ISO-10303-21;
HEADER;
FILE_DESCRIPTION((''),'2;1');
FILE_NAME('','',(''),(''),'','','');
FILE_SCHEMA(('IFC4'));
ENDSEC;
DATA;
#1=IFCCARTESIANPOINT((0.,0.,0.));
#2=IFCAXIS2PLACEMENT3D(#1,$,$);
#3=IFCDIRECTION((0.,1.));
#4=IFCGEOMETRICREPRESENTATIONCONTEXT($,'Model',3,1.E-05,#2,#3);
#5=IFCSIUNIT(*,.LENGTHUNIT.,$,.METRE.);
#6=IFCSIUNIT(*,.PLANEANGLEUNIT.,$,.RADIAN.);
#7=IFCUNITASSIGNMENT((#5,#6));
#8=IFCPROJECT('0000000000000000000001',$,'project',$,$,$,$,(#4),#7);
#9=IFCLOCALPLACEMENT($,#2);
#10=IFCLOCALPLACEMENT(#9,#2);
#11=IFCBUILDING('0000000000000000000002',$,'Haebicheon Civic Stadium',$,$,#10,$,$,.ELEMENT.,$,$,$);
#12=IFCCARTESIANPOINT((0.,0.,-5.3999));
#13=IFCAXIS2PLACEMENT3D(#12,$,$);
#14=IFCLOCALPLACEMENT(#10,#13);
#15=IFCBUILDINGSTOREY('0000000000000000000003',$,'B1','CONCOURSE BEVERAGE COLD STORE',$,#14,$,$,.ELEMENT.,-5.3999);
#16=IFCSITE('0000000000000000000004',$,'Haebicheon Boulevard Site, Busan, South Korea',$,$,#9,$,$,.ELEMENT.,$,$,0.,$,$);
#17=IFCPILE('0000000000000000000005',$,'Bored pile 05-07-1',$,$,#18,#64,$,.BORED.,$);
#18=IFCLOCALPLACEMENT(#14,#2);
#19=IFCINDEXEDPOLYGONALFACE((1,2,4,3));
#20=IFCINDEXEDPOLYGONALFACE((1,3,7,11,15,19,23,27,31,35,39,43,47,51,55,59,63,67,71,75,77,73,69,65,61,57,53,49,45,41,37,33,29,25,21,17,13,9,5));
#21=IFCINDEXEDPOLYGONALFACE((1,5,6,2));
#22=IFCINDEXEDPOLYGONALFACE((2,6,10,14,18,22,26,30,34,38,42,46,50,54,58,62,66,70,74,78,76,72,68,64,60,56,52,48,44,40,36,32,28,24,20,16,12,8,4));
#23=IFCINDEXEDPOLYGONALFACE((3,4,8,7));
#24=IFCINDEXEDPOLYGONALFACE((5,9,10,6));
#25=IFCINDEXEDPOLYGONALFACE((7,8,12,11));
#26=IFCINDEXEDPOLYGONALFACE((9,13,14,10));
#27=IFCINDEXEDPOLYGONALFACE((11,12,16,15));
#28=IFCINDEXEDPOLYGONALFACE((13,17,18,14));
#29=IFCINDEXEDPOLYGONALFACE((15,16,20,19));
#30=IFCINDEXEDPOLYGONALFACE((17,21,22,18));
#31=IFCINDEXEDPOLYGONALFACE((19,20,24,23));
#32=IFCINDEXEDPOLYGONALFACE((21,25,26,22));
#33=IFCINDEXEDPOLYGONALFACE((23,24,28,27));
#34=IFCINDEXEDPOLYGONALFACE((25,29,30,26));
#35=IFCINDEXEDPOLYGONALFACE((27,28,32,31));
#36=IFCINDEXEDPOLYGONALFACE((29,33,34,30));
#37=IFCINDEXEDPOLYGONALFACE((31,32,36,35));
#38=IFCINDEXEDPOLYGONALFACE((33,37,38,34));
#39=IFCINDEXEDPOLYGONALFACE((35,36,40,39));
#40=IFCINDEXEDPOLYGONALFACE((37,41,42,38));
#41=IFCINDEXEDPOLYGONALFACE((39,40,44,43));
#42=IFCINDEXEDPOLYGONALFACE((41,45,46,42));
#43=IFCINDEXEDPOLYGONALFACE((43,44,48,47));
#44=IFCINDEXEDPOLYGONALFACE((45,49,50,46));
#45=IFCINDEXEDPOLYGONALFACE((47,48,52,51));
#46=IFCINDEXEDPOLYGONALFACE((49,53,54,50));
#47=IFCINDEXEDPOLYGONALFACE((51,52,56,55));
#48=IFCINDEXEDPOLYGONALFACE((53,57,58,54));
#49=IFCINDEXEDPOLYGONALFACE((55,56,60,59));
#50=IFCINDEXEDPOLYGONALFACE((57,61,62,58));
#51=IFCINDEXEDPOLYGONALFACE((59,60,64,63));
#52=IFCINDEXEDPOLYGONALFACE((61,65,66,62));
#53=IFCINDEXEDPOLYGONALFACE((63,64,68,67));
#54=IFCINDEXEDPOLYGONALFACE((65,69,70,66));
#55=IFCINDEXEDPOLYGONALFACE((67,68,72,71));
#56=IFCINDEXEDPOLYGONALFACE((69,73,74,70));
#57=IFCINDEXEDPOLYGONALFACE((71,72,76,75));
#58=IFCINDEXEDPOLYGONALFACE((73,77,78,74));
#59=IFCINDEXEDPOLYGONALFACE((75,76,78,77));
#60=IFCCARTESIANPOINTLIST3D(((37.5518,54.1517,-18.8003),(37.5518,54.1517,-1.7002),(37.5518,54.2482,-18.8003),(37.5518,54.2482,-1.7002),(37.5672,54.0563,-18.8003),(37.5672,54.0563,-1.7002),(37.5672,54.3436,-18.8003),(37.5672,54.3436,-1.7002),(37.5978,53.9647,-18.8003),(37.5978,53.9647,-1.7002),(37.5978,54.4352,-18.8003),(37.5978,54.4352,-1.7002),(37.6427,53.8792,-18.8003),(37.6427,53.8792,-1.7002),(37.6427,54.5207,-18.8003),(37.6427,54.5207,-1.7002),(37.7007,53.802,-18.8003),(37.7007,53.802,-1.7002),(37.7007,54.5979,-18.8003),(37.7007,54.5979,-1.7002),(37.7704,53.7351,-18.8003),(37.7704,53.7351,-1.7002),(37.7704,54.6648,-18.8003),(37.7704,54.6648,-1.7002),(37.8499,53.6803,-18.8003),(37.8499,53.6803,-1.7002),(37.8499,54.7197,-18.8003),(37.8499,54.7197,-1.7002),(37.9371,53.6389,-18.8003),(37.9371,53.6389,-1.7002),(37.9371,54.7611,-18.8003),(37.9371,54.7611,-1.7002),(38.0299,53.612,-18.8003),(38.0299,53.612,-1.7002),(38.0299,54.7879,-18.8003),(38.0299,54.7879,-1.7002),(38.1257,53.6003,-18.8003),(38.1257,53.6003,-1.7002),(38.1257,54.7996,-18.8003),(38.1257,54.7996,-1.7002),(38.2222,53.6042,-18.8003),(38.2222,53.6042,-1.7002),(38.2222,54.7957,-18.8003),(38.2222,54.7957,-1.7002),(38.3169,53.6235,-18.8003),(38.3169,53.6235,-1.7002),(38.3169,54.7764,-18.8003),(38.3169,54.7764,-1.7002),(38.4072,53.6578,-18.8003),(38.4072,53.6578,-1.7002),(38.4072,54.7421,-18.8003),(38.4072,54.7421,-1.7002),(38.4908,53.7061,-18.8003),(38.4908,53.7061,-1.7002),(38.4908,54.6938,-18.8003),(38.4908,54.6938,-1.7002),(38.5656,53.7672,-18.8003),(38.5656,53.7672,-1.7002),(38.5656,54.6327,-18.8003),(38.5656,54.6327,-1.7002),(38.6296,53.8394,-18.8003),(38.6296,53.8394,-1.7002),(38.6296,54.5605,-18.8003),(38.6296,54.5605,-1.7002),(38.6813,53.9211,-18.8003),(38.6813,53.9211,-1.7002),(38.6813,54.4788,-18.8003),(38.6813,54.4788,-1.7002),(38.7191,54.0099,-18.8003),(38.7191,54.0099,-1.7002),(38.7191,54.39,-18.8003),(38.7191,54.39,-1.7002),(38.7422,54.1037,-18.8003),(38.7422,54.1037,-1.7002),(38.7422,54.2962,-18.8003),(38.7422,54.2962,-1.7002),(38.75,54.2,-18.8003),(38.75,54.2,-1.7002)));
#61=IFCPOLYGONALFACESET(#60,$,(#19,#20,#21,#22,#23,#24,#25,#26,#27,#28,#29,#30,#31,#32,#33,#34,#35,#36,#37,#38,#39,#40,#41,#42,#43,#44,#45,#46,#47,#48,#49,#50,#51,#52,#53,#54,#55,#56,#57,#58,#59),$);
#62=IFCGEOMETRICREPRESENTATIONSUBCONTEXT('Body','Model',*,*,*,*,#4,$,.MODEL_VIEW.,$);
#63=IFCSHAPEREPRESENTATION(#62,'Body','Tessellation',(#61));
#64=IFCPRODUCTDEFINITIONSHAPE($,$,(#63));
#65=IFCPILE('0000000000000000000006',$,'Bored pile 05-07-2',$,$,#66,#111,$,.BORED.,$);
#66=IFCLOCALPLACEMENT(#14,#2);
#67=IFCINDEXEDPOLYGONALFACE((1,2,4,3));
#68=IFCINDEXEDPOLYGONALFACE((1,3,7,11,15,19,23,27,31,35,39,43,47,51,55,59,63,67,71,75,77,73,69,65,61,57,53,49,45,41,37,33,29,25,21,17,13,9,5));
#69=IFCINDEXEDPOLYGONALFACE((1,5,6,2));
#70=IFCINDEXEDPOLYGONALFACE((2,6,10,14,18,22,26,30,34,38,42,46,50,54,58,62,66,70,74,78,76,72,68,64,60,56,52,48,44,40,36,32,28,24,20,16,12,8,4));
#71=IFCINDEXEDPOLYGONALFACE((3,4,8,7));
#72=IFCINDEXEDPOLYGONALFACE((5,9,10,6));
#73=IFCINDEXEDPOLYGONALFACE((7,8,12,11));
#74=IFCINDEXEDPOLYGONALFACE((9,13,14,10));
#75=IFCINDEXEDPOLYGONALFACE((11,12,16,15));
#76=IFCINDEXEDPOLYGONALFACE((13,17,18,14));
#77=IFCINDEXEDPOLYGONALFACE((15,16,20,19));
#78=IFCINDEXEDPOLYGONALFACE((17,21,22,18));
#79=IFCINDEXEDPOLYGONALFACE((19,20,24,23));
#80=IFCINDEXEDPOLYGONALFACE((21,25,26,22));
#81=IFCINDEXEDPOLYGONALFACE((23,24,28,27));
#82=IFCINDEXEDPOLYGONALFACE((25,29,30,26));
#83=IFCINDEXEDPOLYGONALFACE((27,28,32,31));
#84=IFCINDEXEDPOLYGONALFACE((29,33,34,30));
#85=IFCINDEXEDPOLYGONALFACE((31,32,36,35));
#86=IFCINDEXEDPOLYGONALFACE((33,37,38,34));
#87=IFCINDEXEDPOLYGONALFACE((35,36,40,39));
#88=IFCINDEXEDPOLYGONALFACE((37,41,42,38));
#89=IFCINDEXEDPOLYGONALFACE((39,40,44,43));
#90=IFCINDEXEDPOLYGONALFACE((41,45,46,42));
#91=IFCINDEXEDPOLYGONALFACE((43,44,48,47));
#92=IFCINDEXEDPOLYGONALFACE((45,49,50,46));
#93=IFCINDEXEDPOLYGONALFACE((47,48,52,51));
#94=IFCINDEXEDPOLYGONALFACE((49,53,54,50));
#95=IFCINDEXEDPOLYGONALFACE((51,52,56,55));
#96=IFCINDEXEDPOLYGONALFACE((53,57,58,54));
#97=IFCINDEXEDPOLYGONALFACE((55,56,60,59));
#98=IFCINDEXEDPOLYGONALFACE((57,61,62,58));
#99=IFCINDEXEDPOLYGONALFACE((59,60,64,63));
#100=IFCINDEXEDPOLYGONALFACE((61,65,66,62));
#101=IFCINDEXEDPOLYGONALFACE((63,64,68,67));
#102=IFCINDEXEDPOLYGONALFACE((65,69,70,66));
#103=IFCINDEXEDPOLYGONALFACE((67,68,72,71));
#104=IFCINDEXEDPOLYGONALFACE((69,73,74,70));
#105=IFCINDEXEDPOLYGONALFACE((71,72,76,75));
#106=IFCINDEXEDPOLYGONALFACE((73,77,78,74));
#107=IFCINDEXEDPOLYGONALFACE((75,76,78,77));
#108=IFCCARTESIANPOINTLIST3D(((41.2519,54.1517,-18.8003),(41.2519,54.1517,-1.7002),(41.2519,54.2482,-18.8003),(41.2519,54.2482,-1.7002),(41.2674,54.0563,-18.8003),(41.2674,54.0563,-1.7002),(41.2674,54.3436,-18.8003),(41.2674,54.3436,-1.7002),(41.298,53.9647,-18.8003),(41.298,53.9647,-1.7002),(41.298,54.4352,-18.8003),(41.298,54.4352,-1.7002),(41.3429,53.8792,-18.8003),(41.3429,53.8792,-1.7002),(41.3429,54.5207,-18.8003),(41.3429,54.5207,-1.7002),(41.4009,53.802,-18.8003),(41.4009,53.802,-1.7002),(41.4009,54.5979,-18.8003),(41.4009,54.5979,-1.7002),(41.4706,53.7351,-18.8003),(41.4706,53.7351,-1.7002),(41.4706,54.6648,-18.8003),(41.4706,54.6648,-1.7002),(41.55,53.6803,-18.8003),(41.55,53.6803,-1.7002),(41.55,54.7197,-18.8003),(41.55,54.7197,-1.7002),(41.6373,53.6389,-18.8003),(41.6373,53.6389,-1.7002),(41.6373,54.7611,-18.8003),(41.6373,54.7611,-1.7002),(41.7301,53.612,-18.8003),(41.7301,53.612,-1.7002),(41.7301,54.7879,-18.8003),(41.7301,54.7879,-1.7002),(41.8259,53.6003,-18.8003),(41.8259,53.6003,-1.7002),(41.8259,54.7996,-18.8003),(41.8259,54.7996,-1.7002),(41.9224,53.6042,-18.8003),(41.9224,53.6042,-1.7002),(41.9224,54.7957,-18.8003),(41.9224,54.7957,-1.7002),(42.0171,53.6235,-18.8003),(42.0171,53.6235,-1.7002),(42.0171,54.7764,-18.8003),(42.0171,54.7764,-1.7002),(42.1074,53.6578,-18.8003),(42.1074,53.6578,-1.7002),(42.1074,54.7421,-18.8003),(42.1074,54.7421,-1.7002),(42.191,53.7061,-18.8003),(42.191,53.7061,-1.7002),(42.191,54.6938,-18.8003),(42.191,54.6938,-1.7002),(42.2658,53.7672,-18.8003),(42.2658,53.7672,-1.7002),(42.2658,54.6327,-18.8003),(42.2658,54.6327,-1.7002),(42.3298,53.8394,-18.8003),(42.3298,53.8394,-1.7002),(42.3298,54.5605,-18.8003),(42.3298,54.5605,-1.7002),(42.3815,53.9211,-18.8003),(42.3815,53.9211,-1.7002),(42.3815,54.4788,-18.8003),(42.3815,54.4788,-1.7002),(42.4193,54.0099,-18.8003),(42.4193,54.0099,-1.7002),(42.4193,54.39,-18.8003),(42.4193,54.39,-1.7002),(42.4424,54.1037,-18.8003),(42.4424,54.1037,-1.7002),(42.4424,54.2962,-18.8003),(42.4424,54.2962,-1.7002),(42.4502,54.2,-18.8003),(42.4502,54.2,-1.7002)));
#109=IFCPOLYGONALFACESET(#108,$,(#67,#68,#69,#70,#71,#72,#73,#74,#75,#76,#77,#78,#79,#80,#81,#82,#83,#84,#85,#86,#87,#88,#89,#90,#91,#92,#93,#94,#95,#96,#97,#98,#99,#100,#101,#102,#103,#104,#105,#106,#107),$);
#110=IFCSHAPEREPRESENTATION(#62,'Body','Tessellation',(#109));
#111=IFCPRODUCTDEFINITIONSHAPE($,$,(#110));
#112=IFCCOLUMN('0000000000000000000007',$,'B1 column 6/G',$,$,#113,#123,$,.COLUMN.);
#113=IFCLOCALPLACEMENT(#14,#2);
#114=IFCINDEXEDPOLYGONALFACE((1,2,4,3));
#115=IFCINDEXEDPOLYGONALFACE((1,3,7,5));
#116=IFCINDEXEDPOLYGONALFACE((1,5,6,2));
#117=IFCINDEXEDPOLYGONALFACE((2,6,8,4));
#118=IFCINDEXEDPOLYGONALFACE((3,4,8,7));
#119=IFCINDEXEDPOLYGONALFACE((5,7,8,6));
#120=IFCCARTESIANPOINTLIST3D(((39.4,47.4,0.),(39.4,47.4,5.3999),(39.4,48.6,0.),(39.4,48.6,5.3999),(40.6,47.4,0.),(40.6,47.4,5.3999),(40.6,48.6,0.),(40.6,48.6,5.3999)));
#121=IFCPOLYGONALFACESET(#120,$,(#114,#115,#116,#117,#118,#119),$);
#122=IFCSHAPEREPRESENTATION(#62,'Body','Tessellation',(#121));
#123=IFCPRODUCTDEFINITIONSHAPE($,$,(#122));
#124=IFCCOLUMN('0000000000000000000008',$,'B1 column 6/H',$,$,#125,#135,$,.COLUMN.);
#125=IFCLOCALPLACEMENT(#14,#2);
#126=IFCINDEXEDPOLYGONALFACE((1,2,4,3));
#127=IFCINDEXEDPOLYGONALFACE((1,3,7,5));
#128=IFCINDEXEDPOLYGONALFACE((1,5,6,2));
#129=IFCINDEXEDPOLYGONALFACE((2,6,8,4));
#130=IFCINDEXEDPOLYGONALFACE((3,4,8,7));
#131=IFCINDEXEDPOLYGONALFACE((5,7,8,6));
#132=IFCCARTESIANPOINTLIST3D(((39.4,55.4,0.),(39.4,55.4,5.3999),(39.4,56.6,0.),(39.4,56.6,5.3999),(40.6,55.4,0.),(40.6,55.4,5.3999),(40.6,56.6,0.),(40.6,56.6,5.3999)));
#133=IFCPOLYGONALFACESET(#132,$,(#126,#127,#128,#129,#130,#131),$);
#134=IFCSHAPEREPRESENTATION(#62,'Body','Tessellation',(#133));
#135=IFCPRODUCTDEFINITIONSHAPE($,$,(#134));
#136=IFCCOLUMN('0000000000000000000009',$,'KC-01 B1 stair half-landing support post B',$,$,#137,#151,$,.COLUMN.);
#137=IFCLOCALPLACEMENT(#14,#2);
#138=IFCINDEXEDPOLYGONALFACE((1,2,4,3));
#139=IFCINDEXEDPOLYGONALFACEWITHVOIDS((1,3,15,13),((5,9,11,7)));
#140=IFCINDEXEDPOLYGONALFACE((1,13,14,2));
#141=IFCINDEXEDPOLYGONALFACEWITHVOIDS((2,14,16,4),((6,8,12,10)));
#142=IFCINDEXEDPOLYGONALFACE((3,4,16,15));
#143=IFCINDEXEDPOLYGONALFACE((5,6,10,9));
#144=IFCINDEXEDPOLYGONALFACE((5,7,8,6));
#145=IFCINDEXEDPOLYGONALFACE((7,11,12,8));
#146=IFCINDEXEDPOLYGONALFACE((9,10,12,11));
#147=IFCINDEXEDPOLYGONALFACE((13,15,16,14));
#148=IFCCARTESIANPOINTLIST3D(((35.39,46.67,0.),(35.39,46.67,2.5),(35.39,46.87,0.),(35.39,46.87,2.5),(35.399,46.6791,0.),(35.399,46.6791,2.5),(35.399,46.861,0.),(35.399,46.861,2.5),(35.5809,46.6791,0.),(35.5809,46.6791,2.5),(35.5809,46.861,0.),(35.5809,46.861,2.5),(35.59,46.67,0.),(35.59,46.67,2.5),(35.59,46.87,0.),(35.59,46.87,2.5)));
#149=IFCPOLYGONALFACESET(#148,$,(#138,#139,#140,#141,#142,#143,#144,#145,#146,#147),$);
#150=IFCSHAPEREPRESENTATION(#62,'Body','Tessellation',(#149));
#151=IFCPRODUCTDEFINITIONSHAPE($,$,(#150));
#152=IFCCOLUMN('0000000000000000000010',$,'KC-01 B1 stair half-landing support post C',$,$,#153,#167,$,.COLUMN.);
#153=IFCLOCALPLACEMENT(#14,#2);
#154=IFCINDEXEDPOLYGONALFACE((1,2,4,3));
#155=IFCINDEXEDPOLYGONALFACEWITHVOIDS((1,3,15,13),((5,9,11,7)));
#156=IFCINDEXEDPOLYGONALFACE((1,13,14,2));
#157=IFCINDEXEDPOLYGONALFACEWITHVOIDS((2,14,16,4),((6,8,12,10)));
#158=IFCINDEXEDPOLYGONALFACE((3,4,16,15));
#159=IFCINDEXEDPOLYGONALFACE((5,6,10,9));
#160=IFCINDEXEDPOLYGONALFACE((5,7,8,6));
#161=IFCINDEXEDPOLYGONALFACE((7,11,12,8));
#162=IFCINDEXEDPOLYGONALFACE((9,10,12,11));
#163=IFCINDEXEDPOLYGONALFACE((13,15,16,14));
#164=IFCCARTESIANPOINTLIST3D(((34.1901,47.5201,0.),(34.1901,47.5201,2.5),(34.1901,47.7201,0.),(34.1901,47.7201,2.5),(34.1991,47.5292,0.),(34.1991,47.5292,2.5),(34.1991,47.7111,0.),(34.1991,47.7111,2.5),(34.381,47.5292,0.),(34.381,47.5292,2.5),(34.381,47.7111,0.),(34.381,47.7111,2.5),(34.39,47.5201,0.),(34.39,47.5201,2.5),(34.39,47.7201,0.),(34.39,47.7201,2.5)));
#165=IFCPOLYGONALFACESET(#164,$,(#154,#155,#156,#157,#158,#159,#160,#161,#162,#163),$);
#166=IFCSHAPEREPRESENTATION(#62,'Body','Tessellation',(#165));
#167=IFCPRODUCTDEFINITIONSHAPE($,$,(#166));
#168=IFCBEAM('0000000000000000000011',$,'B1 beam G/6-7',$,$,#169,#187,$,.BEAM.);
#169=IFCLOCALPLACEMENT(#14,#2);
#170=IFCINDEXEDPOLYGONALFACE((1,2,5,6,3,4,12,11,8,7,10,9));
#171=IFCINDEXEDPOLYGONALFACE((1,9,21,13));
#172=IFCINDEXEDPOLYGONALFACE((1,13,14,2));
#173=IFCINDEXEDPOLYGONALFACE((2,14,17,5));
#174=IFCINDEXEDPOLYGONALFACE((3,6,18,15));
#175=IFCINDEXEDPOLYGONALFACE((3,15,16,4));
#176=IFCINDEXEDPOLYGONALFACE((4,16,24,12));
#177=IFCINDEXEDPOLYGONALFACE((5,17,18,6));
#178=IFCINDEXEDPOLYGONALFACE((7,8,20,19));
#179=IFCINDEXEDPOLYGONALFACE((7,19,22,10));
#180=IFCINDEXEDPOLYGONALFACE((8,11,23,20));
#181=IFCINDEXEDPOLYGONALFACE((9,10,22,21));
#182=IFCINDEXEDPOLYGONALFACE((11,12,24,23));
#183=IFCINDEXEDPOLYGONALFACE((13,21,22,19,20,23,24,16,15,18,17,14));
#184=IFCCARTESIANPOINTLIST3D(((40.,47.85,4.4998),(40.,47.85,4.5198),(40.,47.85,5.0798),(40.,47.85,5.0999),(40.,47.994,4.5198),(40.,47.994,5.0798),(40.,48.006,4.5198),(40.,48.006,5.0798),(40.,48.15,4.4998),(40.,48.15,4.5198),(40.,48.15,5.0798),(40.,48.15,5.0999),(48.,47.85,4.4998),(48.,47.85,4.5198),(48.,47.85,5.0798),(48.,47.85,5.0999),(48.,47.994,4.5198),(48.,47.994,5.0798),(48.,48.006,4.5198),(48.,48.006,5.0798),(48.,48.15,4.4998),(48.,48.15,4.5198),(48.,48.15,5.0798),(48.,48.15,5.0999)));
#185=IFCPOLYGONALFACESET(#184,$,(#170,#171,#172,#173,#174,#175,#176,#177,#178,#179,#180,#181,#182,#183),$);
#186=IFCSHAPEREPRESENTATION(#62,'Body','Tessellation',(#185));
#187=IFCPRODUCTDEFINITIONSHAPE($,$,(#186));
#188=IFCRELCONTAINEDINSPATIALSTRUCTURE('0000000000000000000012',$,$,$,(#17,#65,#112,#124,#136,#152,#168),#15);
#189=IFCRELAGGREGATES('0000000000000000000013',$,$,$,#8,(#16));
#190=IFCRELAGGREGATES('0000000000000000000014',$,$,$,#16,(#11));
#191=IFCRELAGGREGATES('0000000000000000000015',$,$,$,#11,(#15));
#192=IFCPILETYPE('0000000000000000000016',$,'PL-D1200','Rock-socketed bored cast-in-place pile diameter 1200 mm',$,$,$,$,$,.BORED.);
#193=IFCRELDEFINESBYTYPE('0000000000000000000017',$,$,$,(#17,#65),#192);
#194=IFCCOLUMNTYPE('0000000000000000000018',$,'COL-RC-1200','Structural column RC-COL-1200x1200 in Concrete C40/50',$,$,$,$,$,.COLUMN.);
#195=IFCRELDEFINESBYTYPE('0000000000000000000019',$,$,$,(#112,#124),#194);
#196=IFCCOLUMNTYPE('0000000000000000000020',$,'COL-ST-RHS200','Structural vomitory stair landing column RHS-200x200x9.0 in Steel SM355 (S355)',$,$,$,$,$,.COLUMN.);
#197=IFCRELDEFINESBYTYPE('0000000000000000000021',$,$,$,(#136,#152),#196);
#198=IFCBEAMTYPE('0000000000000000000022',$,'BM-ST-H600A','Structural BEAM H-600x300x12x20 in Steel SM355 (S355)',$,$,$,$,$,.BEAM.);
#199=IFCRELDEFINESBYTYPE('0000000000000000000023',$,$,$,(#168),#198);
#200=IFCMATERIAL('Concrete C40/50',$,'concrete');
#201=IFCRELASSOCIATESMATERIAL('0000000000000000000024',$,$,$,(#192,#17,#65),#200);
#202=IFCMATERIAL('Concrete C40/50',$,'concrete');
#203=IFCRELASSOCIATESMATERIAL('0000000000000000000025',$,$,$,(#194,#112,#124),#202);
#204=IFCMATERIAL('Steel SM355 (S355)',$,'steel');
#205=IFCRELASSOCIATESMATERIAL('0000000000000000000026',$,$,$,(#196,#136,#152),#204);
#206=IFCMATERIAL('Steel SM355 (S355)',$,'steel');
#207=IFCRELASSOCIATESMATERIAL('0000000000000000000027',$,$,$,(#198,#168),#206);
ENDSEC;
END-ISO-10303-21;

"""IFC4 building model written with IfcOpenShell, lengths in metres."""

from ifc_helpers import new_model, si_unit, direction, frame, origin, origin_2d, place, context, subcontext, project, spatial, rectangle, hollow_rectangle, circle, i_section, extrude, material, material_profile, profile_set, type_object, element, save


model = new_model("IFC4")

# Units and contexts
model_context = context("Model", 3, precision=1e-05, world=origin(), true_north=direction((0.0, 1.0)))
body_context = subcontext(model_context, "Body", "Model", "MODEL_VIEW")
ifc_project = project(units=[si_unit("LENGTHUNIT", "METRE"), si_unit("PLANEANGLEUNIT", "RADIAN")], contexts=[model_context])

# Site, building, storey
site_placement = place(None, origin())
site = spatial("IfcSite", under=ifc_project, at=site_placement, Name="Haebicheon Boulevard Site, Busan, South Korea", CompositionType="ELEMENT", RefElevation=0.0)
building_placement = place(site_placement, origin())
building = spatial("IfcBuilding", under=site, at=building_placement, Name="Haebicheon Civic Stadium", CompositionType="ELEMENT")
storey_placement = place(building_placement, frame((0.0, 0.0, -5.3999)))
storey = spatial("IfcBuildingStorey", under=building, at=storey_placement, Name="B1", Description="CONCOURSE BEVERAGE COLD STORE", CompositionType="ELEMENT", Elevation=-5.3999)

# Piles
ifc_material_1 = material(Name="Concrete C40/50", Category="concrete")
ifc_material_profile_1 = material_profile(ifc_material_1, circle(Radius=0.6001, at=origin_2d()), Name="PILE-D1200")
ifc_profile_set_1 = profile_set([ifc_material_profile_1], Name="Concrete C40/50")
pile_type = type_object("IfcPileType", Name="PL-D1200", Description="Rock-socketed bored cast-in-place pile diameter 1200 mm", PredefinedType="BORED", material=ifc_profile_set_1)
for number, where, z_axis, x_axis, name in (
    (1, (38.1499, 54.2, -1.7002), (0.0, 0.0, -1.0), (1.0, 0.0, 0.0), "Bored pile 05-07-1"),
    (2, (41.8501, 54.2, -1.7002), (0.0, 0.0, -1.0), (1.0, 0.0, 0.0), "Bored pile 05-07-2"),
):
    element("IfcPile", number, at=place(storey_placement, frame(where, z_axis=z_axis, x_axis=x_axis)), inside=storey, type_object=pile_type, material=ifc_profile_set_1, Name=name, PredefinedType="BORED", context=body_context, shape_type="SweptSolid", body=[
        extrude(circle(Radius=0.6001, at=origin_2d()), origin(), (0.0, 0.0, 1.0), 17.1001),
    ])

# Columns
ifc_material_2 = material(Name="Concrete C40/50", Category="concrete")
ifc_material_profile_2 = material_profile(ifc_material_2, rectangle(XDim=1.2, YDim=1.2, at=origin_2d()), Name="RC-COL-1200x1200")
ifc_profile_set_2 = profile_set([ifc_material_profile_2], Name="Concrete C40/50")
column_type_1 = type_object("IfcColumnType", Name="COL-RC-1200", Description="Structural column RC-COL-1200x1200 in Concrete C40/50", PredefinedType="COLUMN", material=ifc_profile_set_2)
for number, where, z_axis, x_axis, name in (
    (3, (40.0, 48.0, 0.0), (0.0, 0.0, 1.0), (1.0, 0.0, 0.0), "B1 column 6/G"),
    (4, (40.0, 56.0, 0.0), (0.0, 0.0, 1.0), (1.0, 0.0, 0.0), "B1 column 6/H"),
):
    element("IfcColumn", number, at=place(storey_placement, frame(where, z_axis=z_axis, x_axis=x_axis)), inside=storey, type_object=column_type_1, material=ifc_profile_set_2, Name=name, PredefinedType="COLUMN", context=body_context, shape_type="SweptSolid", body=[
        extrude(rectangle(XDim=1.2, YDim=1.2, at=origin_2d()), origin(), (0.0, 0.0, 1.0), 5.3999),
    ])
ifc_material_3 = material(Name="Steel SM355 (S355)", Category="steel")
ifc_material_profile_3 = material_profile(ifc_material_3, hollow_rectangle(XDim=0.2, YDim=0.2, WallThickness=0.009, at=origin_2d()), Name="RHS-200x200x9.0")
ifc_profile_set_3 = profile_set([ifc_material_profile_3], Name="Steel SM355 (S355)")
column_type_2 = type_object("IfcColumnType", Name="COL-ST-RHS200", Description="Structural vomitory stair landing column RHS-200x200x9.0 in Steel SM355 (S355)", PredefinedType="COLUMN", material=ifc_profile_set_3)
for number, where, z_axis, x_axis, name in (
    (5, (35.49, 46.77, 0.0), (0.0, 0.0, 1.0), (1.0, 0.0, 0.0), "KC-01 B1 stair half-landing support post B"),
    (6, (34.29, 47.6201, 0.0), (0.0, 0.0, 1.0), (1.0, 0.0, 0.0), "KC-01 B1 stair half-landing support post C"),
):
    element("IfcColumn", number, at=place(storey_placement, frame(where, z_axis=z_axis, x_axis=x_axis)), inside=storey, type_object=column_type_2, material=ifc_profile_set_3, Name=name, PredefinedType="COLUMN", context=body_context, shape_type="SweptSolid", body=[
        extrude(hollow_rectangle(XDim=0.2, YDim=0.2, WallThickness=0.009, at=origin_2d()), origin(), (0.0, 0.0, 1.0), 2.5),
    ])

# Beam
ifc_material_4 = material(Name="Steel SM355 (S355)", Category="steel")
ifc_material_profile_4 = material_profile(ifc_material_4, i_section(OverallWidth=0.3, OverallDepth=0.6001, WebThickness=0.012, FlangeThickness=0.02, at=origin_2d()), Name="H-600x300x12x20")
ifc_profile_set_4 = profile_set([ifc_material_profile_4], Name="Steel SM355 (S355)")
beam_type_1 = type_object("IfcBeamType", Name="BM-ST-H600A", Description="Structural BEAM H-600x300x12x20 in Steel SM355 (S355)", PredefinedType="BEAM", material=ifc_profile_set_4)
for number, where, z_axis, x_axis, name in (
    (7, (40.0, 48.0, 4.7998), (1.0, 0.0, 0.0), (0.0, 1.0, 0.0), "B1 beam G/6-7"),
):
    element("IfcBeam", number, at=place(storey_placement, frame(where, z_axis=z_axis, x_axis=x_axis)), inside=storey, type_object=beam_type_1, material=ifc_profile_set_4, Name=name, PredefinedType="BEAM", context=body_context, shape_type="SweptSolid", body=[
        extrude(i_section(OverallWidth=0.3, OverallDepth=0.6001, WebThickness=0.012, FlangeThickness=0.02, at=origin_2d()), origin(), (0.0, 0.0, 1.0), 8.0),
    ])

save(model, "model.ifc")
